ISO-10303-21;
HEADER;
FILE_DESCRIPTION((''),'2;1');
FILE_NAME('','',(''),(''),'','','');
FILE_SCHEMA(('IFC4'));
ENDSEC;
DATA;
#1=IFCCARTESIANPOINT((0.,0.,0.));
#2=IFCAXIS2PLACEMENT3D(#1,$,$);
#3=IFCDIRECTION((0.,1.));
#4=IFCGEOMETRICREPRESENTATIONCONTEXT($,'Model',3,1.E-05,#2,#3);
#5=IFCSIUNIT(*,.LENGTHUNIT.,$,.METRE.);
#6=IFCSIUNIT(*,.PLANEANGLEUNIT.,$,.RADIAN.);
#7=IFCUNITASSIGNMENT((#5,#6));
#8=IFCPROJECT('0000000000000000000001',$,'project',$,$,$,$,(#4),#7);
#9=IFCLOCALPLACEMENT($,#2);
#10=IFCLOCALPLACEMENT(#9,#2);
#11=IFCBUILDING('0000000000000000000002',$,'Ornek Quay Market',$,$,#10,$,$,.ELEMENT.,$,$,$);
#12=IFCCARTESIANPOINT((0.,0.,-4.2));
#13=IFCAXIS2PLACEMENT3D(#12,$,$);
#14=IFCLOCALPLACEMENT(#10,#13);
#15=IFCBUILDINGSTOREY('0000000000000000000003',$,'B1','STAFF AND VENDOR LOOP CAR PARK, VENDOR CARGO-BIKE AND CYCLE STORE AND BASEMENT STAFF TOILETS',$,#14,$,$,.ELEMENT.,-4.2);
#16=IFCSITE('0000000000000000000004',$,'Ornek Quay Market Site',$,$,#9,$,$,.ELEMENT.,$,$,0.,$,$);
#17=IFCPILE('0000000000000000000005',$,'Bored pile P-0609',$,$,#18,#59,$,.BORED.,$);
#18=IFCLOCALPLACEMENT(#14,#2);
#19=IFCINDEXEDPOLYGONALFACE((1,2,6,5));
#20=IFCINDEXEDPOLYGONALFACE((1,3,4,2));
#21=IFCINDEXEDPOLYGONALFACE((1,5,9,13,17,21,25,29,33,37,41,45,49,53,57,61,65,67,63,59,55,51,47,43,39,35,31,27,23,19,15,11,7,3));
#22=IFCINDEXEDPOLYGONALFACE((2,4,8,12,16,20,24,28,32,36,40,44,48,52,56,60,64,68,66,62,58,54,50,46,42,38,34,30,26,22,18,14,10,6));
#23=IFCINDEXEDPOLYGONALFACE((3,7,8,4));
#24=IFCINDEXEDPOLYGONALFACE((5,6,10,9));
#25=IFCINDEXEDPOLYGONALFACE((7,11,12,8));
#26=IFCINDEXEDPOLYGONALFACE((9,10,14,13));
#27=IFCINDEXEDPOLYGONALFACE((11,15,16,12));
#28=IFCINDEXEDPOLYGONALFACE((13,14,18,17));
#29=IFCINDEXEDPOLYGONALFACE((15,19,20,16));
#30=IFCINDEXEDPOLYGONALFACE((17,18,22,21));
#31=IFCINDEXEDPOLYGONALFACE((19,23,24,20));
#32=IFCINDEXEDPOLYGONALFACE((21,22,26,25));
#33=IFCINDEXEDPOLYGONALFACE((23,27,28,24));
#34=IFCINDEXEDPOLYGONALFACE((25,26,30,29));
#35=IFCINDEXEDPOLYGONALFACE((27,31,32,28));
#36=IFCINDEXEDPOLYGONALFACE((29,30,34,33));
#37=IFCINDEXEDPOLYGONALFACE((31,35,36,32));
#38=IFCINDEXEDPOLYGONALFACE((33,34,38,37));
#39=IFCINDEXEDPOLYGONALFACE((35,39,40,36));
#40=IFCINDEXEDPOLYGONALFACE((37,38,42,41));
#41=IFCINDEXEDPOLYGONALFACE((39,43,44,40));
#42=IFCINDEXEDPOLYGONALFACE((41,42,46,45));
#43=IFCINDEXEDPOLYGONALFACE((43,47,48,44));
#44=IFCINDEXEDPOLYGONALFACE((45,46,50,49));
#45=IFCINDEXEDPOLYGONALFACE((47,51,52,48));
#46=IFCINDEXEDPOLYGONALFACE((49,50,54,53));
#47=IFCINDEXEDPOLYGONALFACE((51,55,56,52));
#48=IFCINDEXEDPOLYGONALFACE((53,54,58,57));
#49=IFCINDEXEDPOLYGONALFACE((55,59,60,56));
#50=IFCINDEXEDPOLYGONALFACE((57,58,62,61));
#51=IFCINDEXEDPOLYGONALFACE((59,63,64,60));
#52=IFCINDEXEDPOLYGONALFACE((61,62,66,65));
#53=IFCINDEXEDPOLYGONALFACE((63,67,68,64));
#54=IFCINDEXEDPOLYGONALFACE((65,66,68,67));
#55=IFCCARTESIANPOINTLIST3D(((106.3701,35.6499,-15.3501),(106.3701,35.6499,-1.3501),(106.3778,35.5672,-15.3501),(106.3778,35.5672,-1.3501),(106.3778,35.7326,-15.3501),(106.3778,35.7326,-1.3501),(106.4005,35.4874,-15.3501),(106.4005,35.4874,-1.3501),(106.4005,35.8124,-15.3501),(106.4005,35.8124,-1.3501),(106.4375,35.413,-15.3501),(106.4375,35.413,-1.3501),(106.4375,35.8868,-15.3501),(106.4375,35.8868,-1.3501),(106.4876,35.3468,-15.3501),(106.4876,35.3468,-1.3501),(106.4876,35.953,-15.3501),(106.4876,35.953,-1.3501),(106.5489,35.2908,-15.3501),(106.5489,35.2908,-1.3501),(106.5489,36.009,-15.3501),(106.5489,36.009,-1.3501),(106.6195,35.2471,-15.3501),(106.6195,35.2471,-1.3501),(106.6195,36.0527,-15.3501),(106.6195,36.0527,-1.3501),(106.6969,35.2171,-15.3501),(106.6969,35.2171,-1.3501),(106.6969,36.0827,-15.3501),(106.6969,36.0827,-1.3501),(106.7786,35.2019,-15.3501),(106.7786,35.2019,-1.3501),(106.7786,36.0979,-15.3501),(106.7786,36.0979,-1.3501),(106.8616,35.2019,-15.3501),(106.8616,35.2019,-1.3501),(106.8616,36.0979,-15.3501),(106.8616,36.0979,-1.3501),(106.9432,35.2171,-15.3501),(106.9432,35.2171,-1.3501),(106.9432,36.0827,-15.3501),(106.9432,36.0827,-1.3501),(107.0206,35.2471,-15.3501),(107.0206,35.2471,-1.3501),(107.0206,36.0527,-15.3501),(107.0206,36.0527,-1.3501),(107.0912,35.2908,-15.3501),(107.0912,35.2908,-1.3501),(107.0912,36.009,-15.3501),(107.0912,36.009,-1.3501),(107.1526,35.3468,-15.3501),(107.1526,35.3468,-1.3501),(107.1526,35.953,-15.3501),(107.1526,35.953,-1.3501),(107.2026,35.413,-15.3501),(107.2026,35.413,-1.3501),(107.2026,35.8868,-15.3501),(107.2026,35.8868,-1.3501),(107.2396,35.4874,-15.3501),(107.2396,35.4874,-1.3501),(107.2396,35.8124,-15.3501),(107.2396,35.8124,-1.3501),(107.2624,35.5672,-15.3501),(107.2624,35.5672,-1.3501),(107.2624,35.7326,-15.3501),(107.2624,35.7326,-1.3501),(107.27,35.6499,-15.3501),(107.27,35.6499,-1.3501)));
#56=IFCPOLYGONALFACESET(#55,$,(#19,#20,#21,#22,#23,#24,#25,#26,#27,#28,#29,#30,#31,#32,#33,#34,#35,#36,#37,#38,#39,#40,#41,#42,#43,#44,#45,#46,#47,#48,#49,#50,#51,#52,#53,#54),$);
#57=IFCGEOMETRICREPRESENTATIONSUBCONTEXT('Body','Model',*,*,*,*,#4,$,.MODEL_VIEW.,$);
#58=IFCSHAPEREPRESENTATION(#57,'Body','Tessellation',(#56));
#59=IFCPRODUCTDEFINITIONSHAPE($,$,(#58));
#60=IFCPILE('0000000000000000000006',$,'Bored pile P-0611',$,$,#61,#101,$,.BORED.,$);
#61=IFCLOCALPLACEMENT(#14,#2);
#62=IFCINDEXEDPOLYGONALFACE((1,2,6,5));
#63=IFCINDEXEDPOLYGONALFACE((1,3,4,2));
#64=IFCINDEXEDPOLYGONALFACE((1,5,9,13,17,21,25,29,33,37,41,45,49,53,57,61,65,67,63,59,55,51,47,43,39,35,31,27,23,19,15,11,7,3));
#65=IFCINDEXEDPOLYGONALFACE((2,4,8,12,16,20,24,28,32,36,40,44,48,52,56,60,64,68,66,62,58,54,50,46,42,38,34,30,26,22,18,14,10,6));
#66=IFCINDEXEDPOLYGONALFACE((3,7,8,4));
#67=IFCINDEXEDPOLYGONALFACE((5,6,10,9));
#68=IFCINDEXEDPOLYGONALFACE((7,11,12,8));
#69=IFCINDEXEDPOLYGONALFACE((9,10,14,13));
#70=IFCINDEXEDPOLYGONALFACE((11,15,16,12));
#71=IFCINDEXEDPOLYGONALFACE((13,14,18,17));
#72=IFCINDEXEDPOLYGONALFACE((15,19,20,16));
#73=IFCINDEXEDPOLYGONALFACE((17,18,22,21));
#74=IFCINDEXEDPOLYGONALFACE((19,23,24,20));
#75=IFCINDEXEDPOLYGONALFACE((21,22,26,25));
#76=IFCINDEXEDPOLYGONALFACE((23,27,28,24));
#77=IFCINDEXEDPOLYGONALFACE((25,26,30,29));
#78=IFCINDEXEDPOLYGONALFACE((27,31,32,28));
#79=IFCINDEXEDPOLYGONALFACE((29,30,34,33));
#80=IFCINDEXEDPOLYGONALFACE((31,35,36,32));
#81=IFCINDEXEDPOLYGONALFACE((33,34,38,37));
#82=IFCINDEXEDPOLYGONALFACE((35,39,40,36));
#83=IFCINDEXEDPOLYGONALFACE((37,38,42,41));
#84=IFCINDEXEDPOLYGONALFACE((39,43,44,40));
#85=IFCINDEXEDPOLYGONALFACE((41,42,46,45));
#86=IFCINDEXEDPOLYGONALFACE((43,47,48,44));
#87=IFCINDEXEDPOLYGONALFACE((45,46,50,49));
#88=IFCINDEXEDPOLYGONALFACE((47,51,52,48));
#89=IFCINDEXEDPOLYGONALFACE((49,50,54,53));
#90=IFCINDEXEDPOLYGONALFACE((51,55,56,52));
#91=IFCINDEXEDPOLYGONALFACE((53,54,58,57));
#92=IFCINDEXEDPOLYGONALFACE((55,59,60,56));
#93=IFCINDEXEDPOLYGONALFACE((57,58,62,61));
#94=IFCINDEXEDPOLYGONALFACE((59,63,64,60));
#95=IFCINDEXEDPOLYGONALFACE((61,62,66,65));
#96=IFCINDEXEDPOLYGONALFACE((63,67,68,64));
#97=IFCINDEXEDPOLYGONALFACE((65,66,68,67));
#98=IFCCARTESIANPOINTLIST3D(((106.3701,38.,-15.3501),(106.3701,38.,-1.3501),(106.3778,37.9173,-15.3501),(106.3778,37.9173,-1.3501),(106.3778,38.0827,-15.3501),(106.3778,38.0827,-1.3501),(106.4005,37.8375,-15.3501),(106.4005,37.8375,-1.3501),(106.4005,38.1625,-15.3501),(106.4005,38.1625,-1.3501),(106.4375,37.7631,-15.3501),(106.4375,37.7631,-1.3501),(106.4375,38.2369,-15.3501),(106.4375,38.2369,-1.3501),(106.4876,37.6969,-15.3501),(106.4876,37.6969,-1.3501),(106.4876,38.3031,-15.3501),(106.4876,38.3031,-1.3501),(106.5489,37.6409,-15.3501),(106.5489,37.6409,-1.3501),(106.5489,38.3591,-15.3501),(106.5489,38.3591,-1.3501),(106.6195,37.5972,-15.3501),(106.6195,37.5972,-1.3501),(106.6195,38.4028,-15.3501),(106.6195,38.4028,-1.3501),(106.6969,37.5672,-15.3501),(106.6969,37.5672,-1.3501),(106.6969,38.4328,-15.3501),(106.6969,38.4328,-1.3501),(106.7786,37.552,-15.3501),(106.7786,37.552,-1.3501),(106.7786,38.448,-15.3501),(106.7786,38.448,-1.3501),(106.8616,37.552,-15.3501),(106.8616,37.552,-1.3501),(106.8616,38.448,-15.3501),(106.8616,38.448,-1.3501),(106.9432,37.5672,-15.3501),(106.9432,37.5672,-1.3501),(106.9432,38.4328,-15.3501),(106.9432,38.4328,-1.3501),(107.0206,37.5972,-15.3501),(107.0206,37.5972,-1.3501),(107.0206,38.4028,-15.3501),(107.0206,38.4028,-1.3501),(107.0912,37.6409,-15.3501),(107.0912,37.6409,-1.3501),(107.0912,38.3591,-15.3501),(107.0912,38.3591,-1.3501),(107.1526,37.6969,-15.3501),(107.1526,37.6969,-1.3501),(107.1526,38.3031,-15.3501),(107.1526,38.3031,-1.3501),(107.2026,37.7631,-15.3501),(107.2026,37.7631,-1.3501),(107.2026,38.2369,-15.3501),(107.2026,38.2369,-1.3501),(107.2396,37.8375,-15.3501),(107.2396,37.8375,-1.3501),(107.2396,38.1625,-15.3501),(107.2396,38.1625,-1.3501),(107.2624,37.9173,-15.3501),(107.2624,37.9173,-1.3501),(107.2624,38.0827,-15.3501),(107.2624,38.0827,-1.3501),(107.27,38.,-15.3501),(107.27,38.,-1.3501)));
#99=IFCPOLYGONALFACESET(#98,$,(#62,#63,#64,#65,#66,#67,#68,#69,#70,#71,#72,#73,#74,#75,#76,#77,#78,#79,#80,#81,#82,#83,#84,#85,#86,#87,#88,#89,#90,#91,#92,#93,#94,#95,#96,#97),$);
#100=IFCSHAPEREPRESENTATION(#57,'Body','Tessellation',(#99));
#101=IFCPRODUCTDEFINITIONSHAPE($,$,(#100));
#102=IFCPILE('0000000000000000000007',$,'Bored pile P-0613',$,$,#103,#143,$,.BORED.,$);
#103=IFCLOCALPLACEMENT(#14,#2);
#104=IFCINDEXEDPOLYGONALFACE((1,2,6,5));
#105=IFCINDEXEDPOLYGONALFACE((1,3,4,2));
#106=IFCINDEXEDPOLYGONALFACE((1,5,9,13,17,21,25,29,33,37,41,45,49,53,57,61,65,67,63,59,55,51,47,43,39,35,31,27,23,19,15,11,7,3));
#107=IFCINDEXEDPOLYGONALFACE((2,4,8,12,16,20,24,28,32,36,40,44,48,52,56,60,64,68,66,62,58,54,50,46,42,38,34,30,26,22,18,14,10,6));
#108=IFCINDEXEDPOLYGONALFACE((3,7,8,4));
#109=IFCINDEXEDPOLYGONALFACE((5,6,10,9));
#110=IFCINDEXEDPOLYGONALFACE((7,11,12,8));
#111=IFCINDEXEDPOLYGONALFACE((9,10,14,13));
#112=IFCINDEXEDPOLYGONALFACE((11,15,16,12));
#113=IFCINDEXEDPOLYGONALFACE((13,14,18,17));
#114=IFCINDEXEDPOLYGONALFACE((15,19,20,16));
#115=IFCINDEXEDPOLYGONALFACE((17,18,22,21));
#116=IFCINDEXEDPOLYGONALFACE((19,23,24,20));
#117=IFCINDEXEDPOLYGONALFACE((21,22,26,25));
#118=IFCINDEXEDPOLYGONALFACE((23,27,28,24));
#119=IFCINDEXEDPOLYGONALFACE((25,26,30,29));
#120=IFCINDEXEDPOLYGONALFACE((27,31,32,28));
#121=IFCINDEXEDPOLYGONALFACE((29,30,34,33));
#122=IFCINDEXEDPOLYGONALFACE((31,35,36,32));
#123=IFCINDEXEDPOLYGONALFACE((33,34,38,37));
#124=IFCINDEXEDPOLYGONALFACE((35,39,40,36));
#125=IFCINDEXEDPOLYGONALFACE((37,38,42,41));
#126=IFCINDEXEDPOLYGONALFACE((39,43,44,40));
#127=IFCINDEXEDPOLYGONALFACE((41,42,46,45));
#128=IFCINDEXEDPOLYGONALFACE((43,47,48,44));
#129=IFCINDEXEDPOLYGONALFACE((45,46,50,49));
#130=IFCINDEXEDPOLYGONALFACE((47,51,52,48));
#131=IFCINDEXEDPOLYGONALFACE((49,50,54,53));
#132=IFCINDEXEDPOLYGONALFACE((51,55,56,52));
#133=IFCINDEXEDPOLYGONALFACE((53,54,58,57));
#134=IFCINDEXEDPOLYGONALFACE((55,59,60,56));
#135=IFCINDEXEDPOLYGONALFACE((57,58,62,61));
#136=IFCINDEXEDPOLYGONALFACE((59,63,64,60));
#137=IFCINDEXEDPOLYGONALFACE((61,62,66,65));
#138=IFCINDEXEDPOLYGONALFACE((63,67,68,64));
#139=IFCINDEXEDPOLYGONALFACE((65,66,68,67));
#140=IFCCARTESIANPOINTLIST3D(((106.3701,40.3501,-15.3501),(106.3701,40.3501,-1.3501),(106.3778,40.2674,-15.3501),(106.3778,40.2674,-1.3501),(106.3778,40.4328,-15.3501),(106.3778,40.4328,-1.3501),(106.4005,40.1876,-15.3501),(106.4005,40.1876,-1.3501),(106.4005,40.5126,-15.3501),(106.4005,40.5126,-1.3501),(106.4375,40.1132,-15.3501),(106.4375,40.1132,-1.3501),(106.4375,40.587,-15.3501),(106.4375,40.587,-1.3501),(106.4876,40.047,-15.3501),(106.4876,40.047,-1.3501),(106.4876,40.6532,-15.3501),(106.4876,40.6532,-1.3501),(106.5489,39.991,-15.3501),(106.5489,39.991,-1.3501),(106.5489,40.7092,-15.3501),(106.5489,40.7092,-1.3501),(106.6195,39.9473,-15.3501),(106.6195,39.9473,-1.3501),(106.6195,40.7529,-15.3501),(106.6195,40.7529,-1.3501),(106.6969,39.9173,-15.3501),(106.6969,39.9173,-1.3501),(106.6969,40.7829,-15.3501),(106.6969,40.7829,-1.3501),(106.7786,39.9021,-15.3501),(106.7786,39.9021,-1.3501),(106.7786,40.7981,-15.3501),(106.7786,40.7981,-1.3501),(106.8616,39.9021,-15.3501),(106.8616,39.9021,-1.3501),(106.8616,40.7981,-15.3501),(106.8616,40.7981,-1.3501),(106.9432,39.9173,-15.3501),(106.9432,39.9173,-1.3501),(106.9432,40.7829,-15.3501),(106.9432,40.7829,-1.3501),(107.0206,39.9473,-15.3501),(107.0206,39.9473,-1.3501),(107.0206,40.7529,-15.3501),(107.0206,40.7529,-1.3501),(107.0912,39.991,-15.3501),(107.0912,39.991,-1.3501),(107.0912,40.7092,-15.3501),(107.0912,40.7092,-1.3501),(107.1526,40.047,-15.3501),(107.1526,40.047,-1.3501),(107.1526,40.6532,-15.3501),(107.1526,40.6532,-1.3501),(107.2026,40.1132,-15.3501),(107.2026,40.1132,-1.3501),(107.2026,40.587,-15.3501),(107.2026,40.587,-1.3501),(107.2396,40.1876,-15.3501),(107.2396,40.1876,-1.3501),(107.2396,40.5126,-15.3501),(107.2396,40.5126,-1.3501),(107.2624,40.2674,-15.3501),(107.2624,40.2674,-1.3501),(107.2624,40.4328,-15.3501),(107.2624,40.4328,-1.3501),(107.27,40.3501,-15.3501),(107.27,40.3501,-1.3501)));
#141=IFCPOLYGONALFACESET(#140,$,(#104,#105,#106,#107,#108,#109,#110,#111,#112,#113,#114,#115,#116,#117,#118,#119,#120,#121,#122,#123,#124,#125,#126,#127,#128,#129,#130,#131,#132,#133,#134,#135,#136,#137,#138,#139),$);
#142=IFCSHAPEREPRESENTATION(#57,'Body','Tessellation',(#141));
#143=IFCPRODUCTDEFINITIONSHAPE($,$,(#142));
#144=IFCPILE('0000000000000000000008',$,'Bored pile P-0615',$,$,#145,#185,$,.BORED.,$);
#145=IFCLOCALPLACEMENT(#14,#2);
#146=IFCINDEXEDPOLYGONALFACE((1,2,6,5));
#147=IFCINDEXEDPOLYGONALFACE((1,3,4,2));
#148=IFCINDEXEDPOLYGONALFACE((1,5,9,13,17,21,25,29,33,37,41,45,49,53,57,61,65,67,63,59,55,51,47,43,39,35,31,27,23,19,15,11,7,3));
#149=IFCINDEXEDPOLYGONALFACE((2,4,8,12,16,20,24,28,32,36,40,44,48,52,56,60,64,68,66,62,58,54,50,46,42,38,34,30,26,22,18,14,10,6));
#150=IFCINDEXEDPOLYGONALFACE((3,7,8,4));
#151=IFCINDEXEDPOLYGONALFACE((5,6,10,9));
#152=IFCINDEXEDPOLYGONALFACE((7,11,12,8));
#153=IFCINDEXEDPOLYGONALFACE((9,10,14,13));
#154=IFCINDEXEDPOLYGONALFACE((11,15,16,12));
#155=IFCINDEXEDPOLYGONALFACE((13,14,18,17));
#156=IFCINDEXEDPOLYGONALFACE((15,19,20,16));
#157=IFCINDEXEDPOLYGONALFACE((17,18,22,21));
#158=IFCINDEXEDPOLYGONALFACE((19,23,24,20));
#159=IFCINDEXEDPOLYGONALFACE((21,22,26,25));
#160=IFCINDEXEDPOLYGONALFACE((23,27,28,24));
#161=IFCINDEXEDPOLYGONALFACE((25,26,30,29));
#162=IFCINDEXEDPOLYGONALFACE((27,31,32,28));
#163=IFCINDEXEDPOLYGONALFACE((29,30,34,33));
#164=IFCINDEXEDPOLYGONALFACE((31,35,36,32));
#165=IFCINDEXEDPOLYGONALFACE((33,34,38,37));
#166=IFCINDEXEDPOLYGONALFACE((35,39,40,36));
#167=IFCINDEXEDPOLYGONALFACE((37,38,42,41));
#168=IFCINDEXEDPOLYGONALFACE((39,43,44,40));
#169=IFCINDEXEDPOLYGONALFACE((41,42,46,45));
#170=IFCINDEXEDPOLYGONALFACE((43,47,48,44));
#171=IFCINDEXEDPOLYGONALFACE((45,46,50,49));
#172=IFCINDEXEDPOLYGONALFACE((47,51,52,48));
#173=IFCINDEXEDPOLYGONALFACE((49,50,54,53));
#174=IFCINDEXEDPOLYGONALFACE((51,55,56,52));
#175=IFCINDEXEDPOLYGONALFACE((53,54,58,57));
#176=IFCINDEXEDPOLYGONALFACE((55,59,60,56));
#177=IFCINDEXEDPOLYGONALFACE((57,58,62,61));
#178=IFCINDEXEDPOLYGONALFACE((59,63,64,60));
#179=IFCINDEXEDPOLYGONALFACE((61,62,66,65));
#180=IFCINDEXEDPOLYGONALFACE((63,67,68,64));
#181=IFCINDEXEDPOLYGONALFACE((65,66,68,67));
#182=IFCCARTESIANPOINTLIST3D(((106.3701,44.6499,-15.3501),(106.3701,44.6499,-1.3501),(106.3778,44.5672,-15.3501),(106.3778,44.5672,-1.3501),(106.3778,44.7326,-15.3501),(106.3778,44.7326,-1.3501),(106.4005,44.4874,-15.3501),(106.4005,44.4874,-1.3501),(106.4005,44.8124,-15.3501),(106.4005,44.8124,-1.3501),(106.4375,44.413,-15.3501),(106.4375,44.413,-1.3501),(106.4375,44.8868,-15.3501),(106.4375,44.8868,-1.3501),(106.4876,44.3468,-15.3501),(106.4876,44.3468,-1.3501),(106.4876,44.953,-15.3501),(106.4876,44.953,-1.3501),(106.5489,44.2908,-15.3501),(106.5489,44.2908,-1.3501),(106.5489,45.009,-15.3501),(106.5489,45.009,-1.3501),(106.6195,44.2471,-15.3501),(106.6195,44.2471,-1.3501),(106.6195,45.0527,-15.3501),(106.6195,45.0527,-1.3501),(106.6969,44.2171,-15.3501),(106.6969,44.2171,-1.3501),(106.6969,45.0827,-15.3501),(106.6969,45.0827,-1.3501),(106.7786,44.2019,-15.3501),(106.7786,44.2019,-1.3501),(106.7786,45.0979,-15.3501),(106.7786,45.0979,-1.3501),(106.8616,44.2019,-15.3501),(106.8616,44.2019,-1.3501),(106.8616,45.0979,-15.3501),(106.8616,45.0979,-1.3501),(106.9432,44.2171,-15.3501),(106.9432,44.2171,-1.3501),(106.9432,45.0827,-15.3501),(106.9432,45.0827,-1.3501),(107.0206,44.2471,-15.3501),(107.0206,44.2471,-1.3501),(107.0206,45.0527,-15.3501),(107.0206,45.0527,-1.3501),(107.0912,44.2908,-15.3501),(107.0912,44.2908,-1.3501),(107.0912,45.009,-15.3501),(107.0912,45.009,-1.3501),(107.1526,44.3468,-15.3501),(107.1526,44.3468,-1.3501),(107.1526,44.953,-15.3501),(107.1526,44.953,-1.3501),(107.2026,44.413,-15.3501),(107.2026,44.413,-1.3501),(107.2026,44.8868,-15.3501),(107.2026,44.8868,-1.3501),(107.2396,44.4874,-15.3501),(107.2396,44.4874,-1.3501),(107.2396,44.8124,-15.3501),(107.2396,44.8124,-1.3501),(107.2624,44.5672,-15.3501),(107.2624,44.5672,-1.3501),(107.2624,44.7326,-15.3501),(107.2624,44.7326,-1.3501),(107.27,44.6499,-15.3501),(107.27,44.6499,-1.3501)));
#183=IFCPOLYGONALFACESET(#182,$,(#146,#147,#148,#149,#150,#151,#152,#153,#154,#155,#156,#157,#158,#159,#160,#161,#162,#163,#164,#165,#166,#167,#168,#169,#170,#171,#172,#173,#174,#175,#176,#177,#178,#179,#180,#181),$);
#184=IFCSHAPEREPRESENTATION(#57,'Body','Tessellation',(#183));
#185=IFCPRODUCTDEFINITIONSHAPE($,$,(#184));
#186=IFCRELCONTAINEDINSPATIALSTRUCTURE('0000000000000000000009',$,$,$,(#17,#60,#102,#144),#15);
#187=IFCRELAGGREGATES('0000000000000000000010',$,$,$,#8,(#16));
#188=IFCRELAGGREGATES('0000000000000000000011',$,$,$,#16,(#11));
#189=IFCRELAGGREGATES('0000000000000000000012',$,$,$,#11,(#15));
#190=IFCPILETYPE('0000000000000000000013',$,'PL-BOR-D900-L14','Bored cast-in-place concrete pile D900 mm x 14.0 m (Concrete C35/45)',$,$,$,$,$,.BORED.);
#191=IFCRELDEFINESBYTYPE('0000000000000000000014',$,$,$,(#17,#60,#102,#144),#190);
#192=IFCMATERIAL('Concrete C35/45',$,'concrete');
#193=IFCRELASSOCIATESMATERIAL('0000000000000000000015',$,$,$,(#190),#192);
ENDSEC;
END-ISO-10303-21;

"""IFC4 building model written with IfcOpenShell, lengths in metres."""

from ifc_helpers import new_model, si_unit, direction, frame, origin, origin_2d, place, context, subcontext, project, spatial, circle, extrude, material, material_profile, profile_set, type_object, element, save


model = new_model("IFC4")

# Units and contexts
model_context = context("Model", 3, precision=1e-05, world=origin(), true_north=direction((0.0, 1.0)))
body_context = subcontext(model_context, "Body", "Model", "MODEL_VIEW")
ifc_project = project(units=[si_unit("LENGTHUNIT", "METRE"), si_unit("PLANEANGLEUNIT", "RADIAN")], contexts=[model_context])

# Site, building, storey
site_placement = place(None, origin())
site = spatial("IfcSite", under=ifc_project, at=site_placement, Name="Ornek Quay Market Site", CompositionType="ELEMENT", RefElevation=0.0)
building_placement = place(site_placement, origin())
building = spatial("IfcBuilding", under=site, at=building_placement, Name="Ornek Quay Market", CompositionType="ELEMENT")
storey_placement = place(building_placement, frame((0.0, 0.0, -4.2)))
storey = spatial("IfcBuildingStorey", under=building, at=storey_placement, Name="B1", Description="STAFF AND VENDOR LOOP CAR PARK, VENDOR CARGO-BIKE AND CYCLE STORE AND BASEMENT STAFF TOILETS", CompositionType="ELEMENT", Elevation=-4.2)

# Piles
ifc_material_1 = material(Name="Concrete C35/45", Category="concrete")
ifc_material_profile_1 = material_profile(ifc_material_1, circle(Radius=0.45, at=origin_2d()), Name="PILE D900", Category="concrete")
ifc_profile_set_1 = profile_set([ifc_material_profile_1], Name="Concrete C35/45")
pile_type_1 = type_object("IfcPileType", Name="PL-BOR-D900-L14", Description="Bored cast-in-place concrete pile D900 mm x 14.0 m (Concrete C35/45)", PredefinedType="BORED", material=ifc_profile_set_1)
for number, where, z_axis, x_axis, name in (
    (1, (106.8201, 35.6499, -1.3501), (0.0, 0.0, -1.0), (1.0, 0.0, 0.0), "Bored pile P-0609"),
    (2, (106.8201, 38.0, -1.3501), (0.0, 0.0, -1.0), (1.0, 0.0, 0.0), "Bored pile P-0611"),
    (3, (106.8201, 40.3501, -1.3501), (0.0, 0.0, -1.0), (1.0, 0.0, 0.0), "Bored pile P-0613"),
    (4, (106.8201, 44.6499, -1.3501), (0.0, 0.0, -1.0), (1.0, 0.0, 0.0), "Bored pile P-0615"),
):
    element("IfcPile", number, at=place(storey_placement, frame(where, z_axis=z_axis, x_axis=x_axis)), inside=storey, type_object=pile_type_1, Name=name, PredefinedType="BORED", context=body_context, shape_type="SweptSolid", body=[
        extrude(circle(Radius=0.45, at=origin_2d()), origin(), (0.0, 0.0, 1.0), 14.0),
    ])

save(model, "model.ifc")
